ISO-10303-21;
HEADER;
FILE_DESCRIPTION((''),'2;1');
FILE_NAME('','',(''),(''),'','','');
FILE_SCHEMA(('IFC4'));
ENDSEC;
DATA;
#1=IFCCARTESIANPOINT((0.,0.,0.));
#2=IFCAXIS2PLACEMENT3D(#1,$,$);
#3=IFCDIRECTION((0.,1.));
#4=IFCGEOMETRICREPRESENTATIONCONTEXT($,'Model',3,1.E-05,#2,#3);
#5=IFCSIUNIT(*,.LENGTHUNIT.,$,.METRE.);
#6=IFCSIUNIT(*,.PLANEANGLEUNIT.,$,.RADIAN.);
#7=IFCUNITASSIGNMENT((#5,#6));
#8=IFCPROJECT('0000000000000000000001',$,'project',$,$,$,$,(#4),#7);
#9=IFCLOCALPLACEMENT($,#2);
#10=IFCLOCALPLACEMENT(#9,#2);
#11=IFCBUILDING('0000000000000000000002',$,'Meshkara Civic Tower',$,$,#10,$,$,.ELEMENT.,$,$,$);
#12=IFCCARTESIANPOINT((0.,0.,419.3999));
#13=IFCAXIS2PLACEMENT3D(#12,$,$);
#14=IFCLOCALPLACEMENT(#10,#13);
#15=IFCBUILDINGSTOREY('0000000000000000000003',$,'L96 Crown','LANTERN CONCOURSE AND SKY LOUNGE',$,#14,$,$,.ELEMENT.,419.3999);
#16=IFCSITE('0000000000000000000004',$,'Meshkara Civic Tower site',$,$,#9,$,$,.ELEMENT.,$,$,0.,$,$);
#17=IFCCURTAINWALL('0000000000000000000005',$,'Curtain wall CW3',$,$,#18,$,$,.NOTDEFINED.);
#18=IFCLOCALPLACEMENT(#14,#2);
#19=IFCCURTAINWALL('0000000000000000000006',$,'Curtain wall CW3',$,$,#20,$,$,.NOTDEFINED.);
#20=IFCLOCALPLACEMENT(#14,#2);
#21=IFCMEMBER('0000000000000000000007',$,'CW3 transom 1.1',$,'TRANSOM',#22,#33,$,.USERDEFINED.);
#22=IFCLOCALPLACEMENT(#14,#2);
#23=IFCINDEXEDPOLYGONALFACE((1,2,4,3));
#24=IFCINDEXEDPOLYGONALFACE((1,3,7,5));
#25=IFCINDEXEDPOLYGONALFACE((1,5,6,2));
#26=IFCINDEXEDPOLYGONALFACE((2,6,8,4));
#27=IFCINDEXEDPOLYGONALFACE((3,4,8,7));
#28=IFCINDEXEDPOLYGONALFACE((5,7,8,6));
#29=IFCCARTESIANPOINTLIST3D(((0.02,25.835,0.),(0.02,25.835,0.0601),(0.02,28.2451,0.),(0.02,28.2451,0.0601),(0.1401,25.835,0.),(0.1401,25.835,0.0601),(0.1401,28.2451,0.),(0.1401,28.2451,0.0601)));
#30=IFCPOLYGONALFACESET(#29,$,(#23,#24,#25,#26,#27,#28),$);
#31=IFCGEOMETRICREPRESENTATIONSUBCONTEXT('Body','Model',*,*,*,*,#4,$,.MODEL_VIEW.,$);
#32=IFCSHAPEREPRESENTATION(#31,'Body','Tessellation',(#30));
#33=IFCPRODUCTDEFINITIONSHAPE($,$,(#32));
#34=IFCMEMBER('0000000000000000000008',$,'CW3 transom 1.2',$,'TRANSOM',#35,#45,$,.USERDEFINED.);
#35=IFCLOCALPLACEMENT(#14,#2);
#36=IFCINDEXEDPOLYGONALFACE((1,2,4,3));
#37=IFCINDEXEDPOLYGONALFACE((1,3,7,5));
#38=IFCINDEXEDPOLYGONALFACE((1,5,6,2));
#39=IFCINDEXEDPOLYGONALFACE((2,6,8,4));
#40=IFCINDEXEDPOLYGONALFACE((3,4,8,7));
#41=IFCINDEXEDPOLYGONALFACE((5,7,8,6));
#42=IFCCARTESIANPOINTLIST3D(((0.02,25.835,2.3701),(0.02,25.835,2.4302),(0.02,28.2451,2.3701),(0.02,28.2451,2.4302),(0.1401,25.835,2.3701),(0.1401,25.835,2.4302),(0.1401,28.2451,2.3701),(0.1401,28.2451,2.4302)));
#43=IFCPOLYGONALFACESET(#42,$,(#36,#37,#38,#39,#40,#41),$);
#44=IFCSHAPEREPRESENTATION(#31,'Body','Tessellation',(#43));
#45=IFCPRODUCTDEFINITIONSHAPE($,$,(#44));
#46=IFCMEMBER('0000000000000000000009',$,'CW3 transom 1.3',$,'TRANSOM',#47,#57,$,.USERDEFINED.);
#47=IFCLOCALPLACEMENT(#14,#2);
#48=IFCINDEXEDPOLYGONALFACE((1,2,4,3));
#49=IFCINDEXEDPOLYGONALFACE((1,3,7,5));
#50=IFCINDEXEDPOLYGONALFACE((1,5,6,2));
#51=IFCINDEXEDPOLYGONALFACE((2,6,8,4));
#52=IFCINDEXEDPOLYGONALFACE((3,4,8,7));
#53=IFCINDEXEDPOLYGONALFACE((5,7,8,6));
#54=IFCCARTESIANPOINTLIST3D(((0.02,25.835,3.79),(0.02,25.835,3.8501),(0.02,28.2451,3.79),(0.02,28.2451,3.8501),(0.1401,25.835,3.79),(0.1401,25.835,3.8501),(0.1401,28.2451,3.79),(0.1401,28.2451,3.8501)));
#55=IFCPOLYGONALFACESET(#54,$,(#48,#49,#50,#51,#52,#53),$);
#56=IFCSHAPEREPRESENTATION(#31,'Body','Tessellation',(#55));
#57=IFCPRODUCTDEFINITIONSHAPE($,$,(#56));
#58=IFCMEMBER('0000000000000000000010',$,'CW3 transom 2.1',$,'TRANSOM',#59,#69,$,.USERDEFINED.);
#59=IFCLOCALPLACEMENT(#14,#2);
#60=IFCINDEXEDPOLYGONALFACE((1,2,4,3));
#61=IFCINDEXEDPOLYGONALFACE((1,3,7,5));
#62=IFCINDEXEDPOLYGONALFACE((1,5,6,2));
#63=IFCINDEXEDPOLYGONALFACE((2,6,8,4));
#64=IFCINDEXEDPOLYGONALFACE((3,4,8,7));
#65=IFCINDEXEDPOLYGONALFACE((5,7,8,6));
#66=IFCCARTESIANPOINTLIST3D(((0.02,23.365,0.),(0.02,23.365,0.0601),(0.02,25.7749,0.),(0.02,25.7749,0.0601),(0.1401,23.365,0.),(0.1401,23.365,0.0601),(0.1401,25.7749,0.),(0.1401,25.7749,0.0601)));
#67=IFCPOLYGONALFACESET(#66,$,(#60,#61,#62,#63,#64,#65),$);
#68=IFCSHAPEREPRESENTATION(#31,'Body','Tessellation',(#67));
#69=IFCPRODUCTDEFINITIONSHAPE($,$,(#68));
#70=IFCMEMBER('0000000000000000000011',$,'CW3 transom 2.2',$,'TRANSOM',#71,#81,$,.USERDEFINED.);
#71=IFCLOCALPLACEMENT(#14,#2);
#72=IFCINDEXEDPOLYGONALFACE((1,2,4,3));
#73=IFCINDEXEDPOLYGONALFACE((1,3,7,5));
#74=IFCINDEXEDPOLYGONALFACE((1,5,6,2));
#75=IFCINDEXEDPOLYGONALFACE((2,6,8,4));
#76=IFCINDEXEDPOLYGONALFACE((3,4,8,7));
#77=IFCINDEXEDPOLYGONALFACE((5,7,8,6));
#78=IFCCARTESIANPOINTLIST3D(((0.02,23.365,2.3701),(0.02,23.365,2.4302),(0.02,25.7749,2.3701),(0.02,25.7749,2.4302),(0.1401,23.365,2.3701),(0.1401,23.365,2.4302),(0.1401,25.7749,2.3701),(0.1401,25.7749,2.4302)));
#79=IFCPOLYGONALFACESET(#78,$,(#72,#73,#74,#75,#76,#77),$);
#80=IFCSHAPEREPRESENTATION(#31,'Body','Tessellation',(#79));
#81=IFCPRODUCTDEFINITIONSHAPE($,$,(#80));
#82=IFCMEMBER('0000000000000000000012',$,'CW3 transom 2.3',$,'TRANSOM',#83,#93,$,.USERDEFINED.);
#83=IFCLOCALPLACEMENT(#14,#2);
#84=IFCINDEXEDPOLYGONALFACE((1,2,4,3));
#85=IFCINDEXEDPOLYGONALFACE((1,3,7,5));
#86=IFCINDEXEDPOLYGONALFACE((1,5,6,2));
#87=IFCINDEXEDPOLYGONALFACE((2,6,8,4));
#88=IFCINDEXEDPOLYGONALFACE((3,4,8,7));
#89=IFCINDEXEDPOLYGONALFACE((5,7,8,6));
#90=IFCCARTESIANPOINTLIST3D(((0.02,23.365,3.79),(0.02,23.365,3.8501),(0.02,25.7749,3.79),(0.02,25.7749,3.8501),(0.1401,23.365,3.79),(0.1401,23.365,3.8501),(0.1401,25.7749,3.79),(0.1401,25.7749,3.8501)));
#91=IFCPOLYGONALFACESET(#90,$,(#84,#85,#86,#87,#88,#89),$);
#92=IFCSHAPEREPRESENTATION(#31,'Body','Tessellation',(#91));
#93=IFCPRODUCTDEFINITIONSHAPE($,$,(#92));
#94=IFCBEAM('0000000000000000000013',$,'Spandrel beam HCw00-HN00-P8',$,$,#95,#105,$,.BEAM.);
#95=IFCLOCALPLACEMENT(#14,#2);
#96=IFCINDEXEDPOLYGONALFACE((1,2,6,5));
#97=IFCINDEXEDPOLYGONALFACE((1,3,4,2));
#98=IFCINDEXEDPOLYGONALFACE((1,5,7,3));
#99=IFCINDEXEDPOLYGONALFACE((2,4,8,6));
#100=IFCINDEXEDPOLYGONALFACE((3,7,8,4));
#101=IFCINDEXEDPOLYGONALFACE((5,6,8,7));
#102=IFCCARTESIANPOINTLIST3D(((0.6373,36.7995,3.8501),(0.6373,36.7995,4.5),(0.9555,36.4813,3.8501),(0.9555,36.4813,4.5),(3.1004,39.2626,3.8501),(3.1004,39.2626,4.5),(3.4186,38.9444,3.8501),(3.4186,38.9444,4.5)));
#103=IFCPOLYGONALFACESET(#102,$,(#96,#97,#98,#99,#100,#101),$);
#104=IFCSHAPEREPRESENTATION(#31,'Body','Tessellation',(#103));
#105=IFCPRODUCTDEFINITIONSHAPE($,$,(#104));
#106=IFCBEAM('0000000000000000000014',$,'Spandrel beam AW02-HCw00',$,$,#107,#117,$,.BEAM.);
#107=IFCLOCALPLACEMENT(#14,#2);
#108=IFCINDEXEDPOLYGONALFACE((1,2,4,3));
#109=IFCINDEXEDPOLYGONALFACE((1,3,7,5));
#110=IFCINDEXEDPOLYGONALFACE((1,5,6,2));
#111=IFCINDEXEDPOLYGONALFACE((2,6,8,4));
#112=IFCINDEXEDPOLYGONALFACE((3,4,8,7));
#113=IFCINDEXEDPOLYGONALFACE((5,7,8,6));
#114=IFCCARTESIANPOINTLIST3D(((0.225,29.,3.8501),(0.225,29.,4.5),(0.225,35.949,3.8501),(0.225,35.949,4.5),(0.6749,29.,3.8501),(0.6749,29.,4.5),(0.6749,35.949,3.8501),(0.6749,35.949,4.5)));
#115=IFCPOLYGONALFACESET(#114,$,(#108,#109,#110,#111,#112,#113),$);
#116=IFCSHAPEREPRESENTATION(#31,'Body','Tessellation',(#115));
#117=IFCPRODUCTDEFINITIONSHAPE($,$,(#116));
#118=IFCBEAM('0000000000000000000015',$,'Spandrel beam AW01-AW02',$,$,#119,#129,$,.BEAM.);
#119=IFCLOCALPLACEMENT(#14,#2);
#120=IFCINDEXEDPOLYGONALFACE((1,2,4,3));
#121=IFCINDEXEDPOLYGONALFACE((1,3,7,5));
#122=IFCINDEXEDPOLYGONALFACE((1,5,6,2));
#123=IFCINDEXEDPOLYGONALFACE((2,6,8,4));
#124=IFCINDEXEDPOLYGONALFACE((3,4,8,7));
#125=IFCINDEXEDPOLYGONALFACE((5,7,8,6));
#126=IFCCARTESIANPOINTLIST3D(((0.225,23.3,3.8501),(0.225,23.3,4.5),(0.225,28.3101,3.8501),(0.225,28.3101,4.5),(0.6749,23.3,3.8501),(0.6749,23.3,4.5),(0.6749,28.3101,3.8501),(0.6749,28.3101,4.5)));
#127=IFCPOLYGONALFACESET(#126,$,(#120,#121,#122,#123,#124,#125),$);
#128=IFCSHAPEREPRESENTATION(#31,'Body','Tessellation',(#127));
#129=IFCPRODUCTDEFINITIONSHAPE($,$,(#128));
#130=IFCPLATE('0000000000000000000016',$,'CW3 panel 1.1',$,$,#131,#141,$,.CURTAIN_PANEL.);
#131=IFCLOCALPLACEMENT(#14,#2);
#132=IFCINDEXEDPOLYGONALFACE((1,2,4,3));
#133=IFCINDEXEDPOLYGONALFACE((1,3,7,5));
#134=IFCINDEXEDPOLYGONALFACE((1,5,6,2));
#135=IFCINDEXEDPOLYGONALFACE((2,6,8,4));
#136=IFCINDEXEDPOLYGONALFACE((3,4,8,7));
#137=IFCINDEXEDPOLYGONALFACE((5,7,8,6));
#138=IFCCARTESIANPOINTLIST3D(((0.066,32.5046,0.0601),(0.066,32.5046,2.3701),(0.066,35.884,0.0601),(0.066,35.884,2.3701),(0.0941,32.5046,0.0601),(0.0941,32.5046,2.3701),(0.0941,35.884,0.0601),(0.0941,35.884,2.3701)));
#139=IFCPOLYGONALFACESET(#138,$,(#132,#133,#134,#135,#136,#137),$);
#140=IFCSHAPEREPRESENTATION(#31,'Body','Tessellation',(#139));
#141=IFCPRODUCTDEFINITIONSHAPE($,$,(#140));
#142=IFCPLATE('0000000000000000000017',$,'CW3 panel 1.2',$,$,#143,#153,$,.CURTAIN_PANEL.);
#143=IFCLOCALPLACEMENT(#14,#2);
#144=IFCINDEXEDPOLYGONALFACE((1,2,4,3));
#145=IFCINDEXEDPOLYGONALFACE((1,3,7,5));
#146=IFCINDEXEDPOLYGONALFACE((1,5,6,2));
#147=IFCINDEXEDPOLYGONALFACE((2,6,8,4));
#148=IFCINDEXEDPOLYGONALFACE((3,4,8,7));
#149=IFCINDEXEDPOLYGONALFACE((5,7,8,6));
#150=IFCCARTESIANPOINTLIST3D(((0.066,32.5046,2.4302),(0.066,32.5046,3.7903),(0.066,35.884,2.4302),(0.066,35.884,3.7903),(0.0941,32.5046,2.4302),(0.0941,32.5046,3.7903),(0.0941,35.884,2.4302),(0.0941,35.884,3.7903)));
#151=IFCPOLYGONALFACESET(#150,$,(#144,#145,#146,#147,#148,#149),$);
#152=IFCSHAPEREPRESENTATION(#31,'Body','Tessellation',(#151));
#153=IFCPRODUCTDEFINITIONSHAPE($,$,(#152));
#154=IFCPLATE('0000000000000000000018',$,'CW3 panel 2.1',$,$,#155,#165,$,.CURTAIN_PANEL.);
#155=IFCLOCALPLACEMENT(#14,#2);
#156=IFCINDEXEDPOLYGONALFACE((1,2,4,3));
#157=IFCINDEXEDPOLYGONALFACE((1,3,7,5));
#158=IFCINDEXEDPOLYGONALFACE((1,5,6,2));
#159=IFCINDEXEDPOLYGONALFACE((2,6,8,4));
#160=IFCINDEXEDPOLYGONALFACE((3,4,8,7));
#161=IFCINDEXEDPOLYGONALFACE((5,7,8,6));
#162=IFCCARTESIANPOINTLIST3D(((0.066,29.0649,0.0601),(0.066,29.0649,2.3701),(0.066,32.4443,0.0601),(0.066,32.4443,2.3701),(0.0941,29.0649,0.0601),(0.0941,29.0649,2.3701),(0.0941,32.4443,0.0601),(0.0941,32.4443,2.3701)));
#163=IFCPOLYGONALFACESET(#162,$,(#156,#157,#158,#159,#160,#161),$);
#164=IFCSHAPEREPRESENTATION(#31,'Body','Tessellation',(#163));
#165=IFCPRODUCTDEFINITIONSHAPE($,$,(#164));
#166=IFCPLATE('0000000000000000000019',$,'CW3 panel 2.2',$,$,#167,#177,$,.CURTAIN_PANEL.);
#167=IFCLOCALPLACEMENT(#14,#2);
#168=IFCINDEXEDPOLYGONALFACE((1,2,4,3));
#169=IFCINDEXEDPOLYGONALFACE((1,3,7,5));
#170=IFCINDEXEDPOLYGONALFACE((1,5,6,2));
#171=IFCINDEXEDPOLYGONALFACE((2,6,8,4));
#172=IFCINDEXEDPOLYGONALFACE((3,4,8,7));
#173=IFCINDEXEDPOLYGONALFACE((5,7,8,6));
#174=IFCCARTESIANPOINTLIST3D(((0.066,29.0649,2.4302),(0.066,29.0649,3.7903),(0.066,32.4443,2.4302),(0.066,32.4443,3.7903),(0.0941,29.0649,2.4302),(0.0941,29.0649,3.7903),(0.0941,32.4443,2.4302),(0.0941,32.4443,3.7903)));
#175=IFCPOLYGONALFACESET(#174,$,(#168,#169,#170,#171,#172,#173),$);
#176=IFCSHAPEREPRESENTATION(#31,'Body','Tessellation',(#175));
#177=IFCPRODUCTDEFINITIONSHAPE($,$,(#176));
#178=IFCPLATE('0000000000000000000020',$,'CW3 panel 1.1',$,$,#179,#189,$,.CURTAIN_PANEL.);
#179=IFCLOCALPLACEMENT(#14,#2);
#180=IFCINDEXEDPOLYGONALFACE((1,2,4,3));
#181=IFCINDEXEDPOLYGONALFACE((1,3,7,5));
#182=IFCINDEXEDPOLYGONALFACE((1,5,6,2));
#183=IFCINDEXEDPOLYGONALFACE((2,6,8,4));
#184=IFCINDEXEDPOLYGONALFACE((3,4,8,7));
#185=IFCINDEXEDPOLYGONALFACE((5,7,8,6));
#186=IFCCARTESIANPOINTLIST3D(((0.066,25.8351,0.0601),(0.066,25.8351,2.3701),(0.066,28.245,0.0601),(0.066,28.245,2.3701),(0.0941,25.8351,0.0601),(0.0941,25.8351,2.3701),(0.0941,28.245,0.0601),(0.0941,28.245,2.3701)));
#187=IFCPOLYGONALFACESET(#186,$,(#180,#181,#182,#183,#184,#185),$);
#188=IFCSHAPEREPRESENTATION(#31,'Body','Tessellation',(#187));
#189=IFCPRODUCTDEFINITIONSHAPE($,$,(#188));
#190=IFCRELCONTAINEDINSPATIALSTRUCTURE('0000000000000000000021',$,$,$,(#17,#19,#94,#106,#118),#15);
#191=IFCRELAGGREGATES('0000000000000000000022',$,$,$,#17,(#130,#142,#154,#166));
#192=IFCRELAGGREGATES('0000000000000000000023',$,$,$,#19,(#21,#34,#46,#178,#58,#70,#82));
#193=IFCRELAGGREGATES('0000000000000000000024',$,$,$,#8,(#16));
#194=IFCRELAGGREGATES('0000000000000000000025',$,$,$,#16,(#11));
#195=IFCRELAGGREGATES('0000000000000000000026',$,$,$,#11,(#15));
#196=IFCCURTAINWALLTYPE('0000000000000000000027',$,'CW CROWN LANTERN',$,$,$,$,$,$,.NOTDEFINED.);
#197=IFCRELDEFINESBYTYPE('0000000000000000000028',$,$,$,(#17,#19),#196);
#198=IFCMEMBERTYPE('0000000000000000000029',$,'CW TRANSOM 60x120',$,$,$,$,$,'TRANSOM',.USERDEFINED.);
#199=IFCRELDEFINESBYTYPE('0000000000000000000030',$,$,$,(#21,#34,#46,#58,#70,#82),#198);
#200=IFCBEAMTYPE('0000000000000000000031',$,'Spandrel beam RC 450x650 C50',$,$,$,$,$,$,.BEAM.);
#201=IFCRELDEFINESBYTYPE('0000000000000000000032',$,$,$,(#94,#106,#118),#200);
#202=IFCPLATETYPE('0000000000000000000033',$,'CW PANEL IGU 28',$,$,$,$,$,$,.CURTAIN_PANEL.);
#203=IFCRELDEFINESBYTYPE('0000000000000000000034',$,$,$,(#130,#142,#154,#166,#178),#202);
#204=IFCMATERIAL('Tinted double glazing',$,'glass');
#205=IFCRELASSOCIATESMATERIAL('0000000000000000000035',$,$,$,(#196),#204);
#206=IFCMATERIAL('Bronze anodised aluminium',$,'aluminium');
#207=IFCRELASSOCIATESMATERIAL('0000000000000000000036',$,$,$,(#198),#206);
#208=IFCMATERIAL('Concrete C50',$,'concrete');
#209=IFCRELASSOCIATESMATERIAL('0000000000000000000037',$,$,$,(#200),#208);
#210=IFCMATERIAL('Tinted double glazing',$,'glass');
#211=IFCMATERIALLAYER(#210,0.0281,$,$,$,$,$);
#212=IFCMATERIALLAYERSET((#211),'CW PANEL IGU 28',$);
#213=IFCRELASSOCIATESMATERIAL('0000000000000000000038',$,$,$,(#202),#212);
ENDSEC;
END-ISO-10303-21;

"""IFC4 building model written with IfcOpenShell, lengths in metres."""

from ifc_helpers import new_model, si_unit, direction, frame, origin, origin_2d, place, context, subcontext, project, spatial, rectangle, extrude, material, layer, layer_set, material_profile, profile_set, type_object, element, aggregate, save


model = new_model("IFC4")

# Units and contexts
model_context = context("Model", 3, precision=1e-05, world=origin(), true_north=direction((0.0, 1.0)))
body_context = subcontext(model_context, "Body", "Model", "MODEL_VIEW")
ifc_project = project(units=[si_unit("LENGTHUNIT", "METRE"), si_unit("PLANEANGLEUNIT", "RADIAN")], contexts=[model_context])

# Site, building, storey
site_placement = place(None, origin())
site = spatial("IfcSite", under=ifc_project, at=site_placement, Name="Meshkara Civic Tower site", CompositionType="ELEMENT", RefElevation=0.0)
building_placement = place(site_placement, origin())
building = spatial("IfcBuilding", under=site, at=building_placement, Name="Meshkara Civic Tower", CompositionType="ELEMENT")
storey_placement = place(building_placement, frame((0.0, 0.0, 419.3999)))
storey = spatial("IfcBuildingStorey", under=building, at=storey_placement, Name="L96 Crown", Description="LANTERN CONCOURSE AND SKY LOUNGE", CompositionType="ELEMENT", Elevation=419.3999)

# Curtain walls
ifc_material_1 = material(Name="Tinted double glazing", Category="glass")
curtain_wall_type = type_object("IfcCurtainWallType", Name="CW CROWN LANTERN", PredefinedType="NOTDEFINED", material=ifc_material_1)
curtain_wall_1_placement = place(storey_placement, origin())
curtain_wall_1 = element("IfcCurtainWall", 1, at=curtain_wall_1_placement, inside=storey, type_object=curtain_wall_type, Name="Curtain wall CW3", PredefinedType="NOTDEFINED")
curtain_wall_2_placement = place(storey_placement, origin())
curtain_wall_2 = element("IfcCurtainWall", 2, at=curtain_wall_2_placement, inside=storey, type_object=curtain_wall_type, Name="Curtain wall CW3", PredefinedType="NOTDEFINED")

# Members
ifc_material_2 = material(Name="Bronze anodised aluminium", Category="aluminium")
ifc_material_profile_1 = material_profile(ifc_material_2, rectangle(XDim=0.1201, YDim=0.0601, at=origin_2d()))
ifc_profile_set_1 = profile_set([ifc_material_profile_1], Name="Bronze anodised aluminium")
member_type_1 = type_object("IfcMemberType", Name="CW TRANSOM 60x120", ElementType="TRANSOM", PredefinedType="USERDEFINED", material=ifc_profile_set_1)
member_1_placement = place(storey_placement, frame((0.0801, 28.2451, 0.03), z_axis=(0.0, -1.0, 0.0), x_axis=(1.0, 0.0, 0.0)))
member_1 = element("IfcMember", 3, at=member_1_placement, type_object=member_type_1, Name="CW3 transom 1.1", ObjectType="TRANSOM", PredefinedType="USERDEFINED", context=body_context, shape_type="SweptSolid", body=[
    extrude(rectangle(XDim=0.1201, YDim=0.0601, at=origin_2d()), origin(), (0.0, 0.0, 1.0), 2.4102),
])
member_2_placement = place(storey_placement, frame((0.0801, 28.2451, 2.4001), z_axis=(0.0, -1.0, 0.0), x_axis=(1.0, 0.0, 0.0)))
member_2 = element("IfcMember", 4, at=member_2_placement, type_object=member_type_1, Name="CW3 transom 1.2", ObjectType="TRANSOM", PredefinedType="USERDEFINED", context=body_context, shape_type="SweptSolid", body=[
    extrude(rectangle(XDim=0.1201, YDim=0.0601, at=origin_2d()), origin(), (0.0, 0.0, 1.0), 2.4102),
])
member_3_placement = place(storey_placement, frame((0.0801, 28.2451, 3.8201), z_axis=(0.0, -1.0, 0.0), x_axis=(1.0, 0.0, 0.0)))
member_3 = element("IfcMember", 5, at=member_3_placement, type_object=member_type_1, Name="CW3 transom 1.3", ObjectType="TRANSOM", PredefinedType="USERDEFINED", context=body_context, shape_type="SweptSolid", body=[
    extrude(rectangle(XDim=0.1201, YDim=0.0601, at=origin_2d()), origin(), (0.0, 0.0, 1.0), 2.4102),
])
member_4_placement = place(storey_placement, frame((0.0801, 25.7749, 0.03), z_axis=(0.0, -1.0, 0.0), x_axis=(1.0, 0.0, 0.0)))
member_4 = element("IfcMember", 6, at=member_4_placement, type_object=member_type_1, Name="CW3 transom 2.1", ObjectType="TRANSOM", PredefinedType="USERDEFINED", context=body_context, shape_type="SweptSolid", body=[
    extrude(rectangle(XDim=0.1201, YDim=0.0601, at=origin_2d()), origin(), (0.0, 0.0, 1.0), 2.4099),
])
member_5_placement = place(storey_placement, frame((0.0801, 25.7749, 2.4001), z_axis=(0.0, -1.0, 0.0), x_axis=(1.0, 0.0, 0.0)))
member_5 = element("IfcMember", 7, at=member_5_placement, type_object=member_type_1, Name="CW3 transom 2.2", ObjectType="TRANSOM", PredefinedType="USERDEFINED", context=body_context, shape_type="SweptSolid", body=[
    extrude(rectangle(XDim=0.1201, YDim=0.0601, at=origin_2d()), origin(), (0.0, 0.0, 1.0), 2.4099),
])
member_6_placement = place(storey_placement, frame((0.0801, 25.7749, 3.8201), z_axis=(0.0, -1.0, 0.0), x_axis=(1.0, 0.0, 0.0)))
member_6 = element("IfcMember", 8, at=member_6_placement, type_object=member_type_1, Name="CW3 transom 2.3", ObjectType="TRANSOM", PredefinedType="USERDEFINED", context=body_context, shape_type="SweptSolid", body=[
    extrude(rectangle(XDim=0.1201, YDim=0.0601, at=origin_2d()), origin(), (0.0, 0.0, 1.0), 2.4099),
])

# Beams
ifc_material_3 = material(Name="Concrete C50", Category="concrete")
ifc_material_profile_2 = material_profile(ifc_material_3, rectangle(XDim=0.45, YDim=0.6499, at=origin_2d()))
ifc_profile_set_2 = profile_set([ifc_material_profile_2], Name="Concrete C50")
beam_type = type_object("IfcBeamType", Name="Spandrel beam RC 450x650 C50", PredefinedType="BEAM", material=ifc_profile_set_2)
beam_1_placement = place(storey_placement, frame((3.2595, 39.1035, 4.175), z_axis=(-0.707107, -0.707107, 0.0), x_axis=(0.707107, -0.707107, 0.0)))
element("IfcBeam", 9, at=beam_1_placement, inside=storey, type_object=beam_type, Name="Spandrel beam HCw00-HN00-P8", PredefinedType="BEAM", context=body_context, shape_type="SweptSolid", body=[
    extrude(rectangle(XDim=0.45, YDim=0.6499, at=origin_2d()), origin(), (0.0, 0.0, 1.0), 3.4834),
])
beam_2_placement = place(storey_placement, frame((0.45, 35.949, 4.175), z_axis=(0.0, -1.0, 0.0), x_axis=(1.0, 0.0, 0.0)))
element("IfcBeam", 10, at=beam_2_placement, inside=storey, type_object=beam_type, Name="Spandrel beam AW02-HCw00", PredefinedType="BEAM", context=body_context, shape_type="SweptSolid", body=[
    extrude(rectangle(XDim=0.45, YDim=0.6499, at=origin_2d()), origin(), (0.0, 0.0, 1.0), 6.949),
])
beam_3_placement = place(storey_placement, frame((0.45, 28.3101, 4.175), z_axis=(0.0, -1.0, 0.0), x_axis=(1.0, 0.0, 0.0)))
element("IfcBeam", 11, at=beam_3_placement, inside=storey, type_object=beam_type, Name="Spandrel beam AW01-AW02", PredefinedType="BEAM", context=body_context, shape_type="SweptSolid", body=[
    extrude(rectangle(XDim=0.45, YDim=0.6499, at=origin_2d()), origin(), (0.0, 0.0, 1.0), 5.01),
])

# Plates
ifc_material_4 = material(Name="Tinted double glazing", Category="glass")
ifc_layer_1 = layer(ifc_material_4, 0.0281)
ifc_layer_set_1 = layer_set([ifc_layer_1], Name="CW PANEL IGU 28")
plate_type = type_object("IfcPlateType", Name="CW PANEL IGU 28", PredefinedType="CURTAIN_PANEL", material=ifc_layer_set_1)
plate_1_placement = place(storey_placement, frame((0.0801, 34.1943, 0.0601), z_axis=(0.0, 0.0, 1.0), x_axis=(0.0, -1.0, 0.0)))
plate_1 = element("IfcPlate", 12, at=plate_1_placement, type_object=plate_type, Name="CW3 panel 1.1", PredefinedType="CURTAIN_PANEL", context=body_context, shape_type="SweptSolid", body=[
    extrude(rectangle(XDim=3.3794, YDim=0.0281, at=origin_2d()), origin(), (0.0, 0.0, 1.0), 2.3101),
])
plate_2_placement = place(storey_placement, frame((0.0801, 34.1943, 2.4302), z_axis=(0.0, 0.0, 1.0), x_axis=(0.0, -1.0, 0.0)))
plate_2 = element("IfcPlate", 13, at=plate_2_placement, type_object=plate_type, Name="CW3 panel 1.2", PredefinedType="CURTAIN_PANEL", context=body_context, shape_type="SweptSolid", body=[
    extrude(rectangle(XDim=3.3794, YDim=0.0281, at=origin_2d()), origin(), (0.0, 0.0, 1.0), 1.3601),
])
plate_3_placement = place(storey_placement, frame((0.0801, 30.7546, 0.0601), z_axis=(0.0, 0.0, 1.0), x_axis=(0.0, -1.0, 0.0)))
plate_3 = element("IfcPlate", 14, at=plate_3_placement, type_object=plate_type, Name="CW3 panel 2.1", PredefinedType="CURTAIN_PANEL", context=body_context, shape_type="SweptSolid", body=[
    extrude(rectangle(XDim=3.3794, YDim=0.0281, at=origin_2d()), origin(), (0.0, 0.0, 1.0), 2.3101),
])
plate_4_placement = place(storey_placement, frame((0.0801, 30.7546, 2.4302), z_axis=(0.0, 0.0, 1.0), x_axis=(0.0, -1.0, 0.0)))
plate_4 = element("IfcPlate", 15, at=plate_4_placement, type_object=plate_type, Name="CW3 panel 2.2", PredefinedType="CURTAIN_PANEL", context=body_context, shape_type="SweptSolid", body=[
    extrude(rectangle(XDim=3.3794, YDim=0.0281, at=origin_2d()), origin(), (0.0, 0.0, 1.0), 1.3601),
])
aggregate(curtain_wall_1, [plate_1, plate_2, plate_3, plate_4])
plate_5_placement = place(storey_placement, frame((0.0801, 27.04, 0.0601), z_axis=(0.0, 0.0, 1.0), x_axis=(0.0, -1.0, 0.0)))
plate_5 = element("IfcPlate", 16, at=plate_5_placement, type_object=plate_type, Name="CW3 panel 1.1", PredefinedType="CURTAIN_PANEL", context=body_context, shape_type="SweptSolid", body=[
    extrude(rectangle(XDim=2.4099, YDim=0.0281, at=origin_2d()), origin(), (0.0, 0.0, 1.0), 2.3101),
])
aggregate(curtain_wall_2, [member_1, member_2, member_3, plate_5, member_4, member_5, member_6])

save(model, "model.ifc")
